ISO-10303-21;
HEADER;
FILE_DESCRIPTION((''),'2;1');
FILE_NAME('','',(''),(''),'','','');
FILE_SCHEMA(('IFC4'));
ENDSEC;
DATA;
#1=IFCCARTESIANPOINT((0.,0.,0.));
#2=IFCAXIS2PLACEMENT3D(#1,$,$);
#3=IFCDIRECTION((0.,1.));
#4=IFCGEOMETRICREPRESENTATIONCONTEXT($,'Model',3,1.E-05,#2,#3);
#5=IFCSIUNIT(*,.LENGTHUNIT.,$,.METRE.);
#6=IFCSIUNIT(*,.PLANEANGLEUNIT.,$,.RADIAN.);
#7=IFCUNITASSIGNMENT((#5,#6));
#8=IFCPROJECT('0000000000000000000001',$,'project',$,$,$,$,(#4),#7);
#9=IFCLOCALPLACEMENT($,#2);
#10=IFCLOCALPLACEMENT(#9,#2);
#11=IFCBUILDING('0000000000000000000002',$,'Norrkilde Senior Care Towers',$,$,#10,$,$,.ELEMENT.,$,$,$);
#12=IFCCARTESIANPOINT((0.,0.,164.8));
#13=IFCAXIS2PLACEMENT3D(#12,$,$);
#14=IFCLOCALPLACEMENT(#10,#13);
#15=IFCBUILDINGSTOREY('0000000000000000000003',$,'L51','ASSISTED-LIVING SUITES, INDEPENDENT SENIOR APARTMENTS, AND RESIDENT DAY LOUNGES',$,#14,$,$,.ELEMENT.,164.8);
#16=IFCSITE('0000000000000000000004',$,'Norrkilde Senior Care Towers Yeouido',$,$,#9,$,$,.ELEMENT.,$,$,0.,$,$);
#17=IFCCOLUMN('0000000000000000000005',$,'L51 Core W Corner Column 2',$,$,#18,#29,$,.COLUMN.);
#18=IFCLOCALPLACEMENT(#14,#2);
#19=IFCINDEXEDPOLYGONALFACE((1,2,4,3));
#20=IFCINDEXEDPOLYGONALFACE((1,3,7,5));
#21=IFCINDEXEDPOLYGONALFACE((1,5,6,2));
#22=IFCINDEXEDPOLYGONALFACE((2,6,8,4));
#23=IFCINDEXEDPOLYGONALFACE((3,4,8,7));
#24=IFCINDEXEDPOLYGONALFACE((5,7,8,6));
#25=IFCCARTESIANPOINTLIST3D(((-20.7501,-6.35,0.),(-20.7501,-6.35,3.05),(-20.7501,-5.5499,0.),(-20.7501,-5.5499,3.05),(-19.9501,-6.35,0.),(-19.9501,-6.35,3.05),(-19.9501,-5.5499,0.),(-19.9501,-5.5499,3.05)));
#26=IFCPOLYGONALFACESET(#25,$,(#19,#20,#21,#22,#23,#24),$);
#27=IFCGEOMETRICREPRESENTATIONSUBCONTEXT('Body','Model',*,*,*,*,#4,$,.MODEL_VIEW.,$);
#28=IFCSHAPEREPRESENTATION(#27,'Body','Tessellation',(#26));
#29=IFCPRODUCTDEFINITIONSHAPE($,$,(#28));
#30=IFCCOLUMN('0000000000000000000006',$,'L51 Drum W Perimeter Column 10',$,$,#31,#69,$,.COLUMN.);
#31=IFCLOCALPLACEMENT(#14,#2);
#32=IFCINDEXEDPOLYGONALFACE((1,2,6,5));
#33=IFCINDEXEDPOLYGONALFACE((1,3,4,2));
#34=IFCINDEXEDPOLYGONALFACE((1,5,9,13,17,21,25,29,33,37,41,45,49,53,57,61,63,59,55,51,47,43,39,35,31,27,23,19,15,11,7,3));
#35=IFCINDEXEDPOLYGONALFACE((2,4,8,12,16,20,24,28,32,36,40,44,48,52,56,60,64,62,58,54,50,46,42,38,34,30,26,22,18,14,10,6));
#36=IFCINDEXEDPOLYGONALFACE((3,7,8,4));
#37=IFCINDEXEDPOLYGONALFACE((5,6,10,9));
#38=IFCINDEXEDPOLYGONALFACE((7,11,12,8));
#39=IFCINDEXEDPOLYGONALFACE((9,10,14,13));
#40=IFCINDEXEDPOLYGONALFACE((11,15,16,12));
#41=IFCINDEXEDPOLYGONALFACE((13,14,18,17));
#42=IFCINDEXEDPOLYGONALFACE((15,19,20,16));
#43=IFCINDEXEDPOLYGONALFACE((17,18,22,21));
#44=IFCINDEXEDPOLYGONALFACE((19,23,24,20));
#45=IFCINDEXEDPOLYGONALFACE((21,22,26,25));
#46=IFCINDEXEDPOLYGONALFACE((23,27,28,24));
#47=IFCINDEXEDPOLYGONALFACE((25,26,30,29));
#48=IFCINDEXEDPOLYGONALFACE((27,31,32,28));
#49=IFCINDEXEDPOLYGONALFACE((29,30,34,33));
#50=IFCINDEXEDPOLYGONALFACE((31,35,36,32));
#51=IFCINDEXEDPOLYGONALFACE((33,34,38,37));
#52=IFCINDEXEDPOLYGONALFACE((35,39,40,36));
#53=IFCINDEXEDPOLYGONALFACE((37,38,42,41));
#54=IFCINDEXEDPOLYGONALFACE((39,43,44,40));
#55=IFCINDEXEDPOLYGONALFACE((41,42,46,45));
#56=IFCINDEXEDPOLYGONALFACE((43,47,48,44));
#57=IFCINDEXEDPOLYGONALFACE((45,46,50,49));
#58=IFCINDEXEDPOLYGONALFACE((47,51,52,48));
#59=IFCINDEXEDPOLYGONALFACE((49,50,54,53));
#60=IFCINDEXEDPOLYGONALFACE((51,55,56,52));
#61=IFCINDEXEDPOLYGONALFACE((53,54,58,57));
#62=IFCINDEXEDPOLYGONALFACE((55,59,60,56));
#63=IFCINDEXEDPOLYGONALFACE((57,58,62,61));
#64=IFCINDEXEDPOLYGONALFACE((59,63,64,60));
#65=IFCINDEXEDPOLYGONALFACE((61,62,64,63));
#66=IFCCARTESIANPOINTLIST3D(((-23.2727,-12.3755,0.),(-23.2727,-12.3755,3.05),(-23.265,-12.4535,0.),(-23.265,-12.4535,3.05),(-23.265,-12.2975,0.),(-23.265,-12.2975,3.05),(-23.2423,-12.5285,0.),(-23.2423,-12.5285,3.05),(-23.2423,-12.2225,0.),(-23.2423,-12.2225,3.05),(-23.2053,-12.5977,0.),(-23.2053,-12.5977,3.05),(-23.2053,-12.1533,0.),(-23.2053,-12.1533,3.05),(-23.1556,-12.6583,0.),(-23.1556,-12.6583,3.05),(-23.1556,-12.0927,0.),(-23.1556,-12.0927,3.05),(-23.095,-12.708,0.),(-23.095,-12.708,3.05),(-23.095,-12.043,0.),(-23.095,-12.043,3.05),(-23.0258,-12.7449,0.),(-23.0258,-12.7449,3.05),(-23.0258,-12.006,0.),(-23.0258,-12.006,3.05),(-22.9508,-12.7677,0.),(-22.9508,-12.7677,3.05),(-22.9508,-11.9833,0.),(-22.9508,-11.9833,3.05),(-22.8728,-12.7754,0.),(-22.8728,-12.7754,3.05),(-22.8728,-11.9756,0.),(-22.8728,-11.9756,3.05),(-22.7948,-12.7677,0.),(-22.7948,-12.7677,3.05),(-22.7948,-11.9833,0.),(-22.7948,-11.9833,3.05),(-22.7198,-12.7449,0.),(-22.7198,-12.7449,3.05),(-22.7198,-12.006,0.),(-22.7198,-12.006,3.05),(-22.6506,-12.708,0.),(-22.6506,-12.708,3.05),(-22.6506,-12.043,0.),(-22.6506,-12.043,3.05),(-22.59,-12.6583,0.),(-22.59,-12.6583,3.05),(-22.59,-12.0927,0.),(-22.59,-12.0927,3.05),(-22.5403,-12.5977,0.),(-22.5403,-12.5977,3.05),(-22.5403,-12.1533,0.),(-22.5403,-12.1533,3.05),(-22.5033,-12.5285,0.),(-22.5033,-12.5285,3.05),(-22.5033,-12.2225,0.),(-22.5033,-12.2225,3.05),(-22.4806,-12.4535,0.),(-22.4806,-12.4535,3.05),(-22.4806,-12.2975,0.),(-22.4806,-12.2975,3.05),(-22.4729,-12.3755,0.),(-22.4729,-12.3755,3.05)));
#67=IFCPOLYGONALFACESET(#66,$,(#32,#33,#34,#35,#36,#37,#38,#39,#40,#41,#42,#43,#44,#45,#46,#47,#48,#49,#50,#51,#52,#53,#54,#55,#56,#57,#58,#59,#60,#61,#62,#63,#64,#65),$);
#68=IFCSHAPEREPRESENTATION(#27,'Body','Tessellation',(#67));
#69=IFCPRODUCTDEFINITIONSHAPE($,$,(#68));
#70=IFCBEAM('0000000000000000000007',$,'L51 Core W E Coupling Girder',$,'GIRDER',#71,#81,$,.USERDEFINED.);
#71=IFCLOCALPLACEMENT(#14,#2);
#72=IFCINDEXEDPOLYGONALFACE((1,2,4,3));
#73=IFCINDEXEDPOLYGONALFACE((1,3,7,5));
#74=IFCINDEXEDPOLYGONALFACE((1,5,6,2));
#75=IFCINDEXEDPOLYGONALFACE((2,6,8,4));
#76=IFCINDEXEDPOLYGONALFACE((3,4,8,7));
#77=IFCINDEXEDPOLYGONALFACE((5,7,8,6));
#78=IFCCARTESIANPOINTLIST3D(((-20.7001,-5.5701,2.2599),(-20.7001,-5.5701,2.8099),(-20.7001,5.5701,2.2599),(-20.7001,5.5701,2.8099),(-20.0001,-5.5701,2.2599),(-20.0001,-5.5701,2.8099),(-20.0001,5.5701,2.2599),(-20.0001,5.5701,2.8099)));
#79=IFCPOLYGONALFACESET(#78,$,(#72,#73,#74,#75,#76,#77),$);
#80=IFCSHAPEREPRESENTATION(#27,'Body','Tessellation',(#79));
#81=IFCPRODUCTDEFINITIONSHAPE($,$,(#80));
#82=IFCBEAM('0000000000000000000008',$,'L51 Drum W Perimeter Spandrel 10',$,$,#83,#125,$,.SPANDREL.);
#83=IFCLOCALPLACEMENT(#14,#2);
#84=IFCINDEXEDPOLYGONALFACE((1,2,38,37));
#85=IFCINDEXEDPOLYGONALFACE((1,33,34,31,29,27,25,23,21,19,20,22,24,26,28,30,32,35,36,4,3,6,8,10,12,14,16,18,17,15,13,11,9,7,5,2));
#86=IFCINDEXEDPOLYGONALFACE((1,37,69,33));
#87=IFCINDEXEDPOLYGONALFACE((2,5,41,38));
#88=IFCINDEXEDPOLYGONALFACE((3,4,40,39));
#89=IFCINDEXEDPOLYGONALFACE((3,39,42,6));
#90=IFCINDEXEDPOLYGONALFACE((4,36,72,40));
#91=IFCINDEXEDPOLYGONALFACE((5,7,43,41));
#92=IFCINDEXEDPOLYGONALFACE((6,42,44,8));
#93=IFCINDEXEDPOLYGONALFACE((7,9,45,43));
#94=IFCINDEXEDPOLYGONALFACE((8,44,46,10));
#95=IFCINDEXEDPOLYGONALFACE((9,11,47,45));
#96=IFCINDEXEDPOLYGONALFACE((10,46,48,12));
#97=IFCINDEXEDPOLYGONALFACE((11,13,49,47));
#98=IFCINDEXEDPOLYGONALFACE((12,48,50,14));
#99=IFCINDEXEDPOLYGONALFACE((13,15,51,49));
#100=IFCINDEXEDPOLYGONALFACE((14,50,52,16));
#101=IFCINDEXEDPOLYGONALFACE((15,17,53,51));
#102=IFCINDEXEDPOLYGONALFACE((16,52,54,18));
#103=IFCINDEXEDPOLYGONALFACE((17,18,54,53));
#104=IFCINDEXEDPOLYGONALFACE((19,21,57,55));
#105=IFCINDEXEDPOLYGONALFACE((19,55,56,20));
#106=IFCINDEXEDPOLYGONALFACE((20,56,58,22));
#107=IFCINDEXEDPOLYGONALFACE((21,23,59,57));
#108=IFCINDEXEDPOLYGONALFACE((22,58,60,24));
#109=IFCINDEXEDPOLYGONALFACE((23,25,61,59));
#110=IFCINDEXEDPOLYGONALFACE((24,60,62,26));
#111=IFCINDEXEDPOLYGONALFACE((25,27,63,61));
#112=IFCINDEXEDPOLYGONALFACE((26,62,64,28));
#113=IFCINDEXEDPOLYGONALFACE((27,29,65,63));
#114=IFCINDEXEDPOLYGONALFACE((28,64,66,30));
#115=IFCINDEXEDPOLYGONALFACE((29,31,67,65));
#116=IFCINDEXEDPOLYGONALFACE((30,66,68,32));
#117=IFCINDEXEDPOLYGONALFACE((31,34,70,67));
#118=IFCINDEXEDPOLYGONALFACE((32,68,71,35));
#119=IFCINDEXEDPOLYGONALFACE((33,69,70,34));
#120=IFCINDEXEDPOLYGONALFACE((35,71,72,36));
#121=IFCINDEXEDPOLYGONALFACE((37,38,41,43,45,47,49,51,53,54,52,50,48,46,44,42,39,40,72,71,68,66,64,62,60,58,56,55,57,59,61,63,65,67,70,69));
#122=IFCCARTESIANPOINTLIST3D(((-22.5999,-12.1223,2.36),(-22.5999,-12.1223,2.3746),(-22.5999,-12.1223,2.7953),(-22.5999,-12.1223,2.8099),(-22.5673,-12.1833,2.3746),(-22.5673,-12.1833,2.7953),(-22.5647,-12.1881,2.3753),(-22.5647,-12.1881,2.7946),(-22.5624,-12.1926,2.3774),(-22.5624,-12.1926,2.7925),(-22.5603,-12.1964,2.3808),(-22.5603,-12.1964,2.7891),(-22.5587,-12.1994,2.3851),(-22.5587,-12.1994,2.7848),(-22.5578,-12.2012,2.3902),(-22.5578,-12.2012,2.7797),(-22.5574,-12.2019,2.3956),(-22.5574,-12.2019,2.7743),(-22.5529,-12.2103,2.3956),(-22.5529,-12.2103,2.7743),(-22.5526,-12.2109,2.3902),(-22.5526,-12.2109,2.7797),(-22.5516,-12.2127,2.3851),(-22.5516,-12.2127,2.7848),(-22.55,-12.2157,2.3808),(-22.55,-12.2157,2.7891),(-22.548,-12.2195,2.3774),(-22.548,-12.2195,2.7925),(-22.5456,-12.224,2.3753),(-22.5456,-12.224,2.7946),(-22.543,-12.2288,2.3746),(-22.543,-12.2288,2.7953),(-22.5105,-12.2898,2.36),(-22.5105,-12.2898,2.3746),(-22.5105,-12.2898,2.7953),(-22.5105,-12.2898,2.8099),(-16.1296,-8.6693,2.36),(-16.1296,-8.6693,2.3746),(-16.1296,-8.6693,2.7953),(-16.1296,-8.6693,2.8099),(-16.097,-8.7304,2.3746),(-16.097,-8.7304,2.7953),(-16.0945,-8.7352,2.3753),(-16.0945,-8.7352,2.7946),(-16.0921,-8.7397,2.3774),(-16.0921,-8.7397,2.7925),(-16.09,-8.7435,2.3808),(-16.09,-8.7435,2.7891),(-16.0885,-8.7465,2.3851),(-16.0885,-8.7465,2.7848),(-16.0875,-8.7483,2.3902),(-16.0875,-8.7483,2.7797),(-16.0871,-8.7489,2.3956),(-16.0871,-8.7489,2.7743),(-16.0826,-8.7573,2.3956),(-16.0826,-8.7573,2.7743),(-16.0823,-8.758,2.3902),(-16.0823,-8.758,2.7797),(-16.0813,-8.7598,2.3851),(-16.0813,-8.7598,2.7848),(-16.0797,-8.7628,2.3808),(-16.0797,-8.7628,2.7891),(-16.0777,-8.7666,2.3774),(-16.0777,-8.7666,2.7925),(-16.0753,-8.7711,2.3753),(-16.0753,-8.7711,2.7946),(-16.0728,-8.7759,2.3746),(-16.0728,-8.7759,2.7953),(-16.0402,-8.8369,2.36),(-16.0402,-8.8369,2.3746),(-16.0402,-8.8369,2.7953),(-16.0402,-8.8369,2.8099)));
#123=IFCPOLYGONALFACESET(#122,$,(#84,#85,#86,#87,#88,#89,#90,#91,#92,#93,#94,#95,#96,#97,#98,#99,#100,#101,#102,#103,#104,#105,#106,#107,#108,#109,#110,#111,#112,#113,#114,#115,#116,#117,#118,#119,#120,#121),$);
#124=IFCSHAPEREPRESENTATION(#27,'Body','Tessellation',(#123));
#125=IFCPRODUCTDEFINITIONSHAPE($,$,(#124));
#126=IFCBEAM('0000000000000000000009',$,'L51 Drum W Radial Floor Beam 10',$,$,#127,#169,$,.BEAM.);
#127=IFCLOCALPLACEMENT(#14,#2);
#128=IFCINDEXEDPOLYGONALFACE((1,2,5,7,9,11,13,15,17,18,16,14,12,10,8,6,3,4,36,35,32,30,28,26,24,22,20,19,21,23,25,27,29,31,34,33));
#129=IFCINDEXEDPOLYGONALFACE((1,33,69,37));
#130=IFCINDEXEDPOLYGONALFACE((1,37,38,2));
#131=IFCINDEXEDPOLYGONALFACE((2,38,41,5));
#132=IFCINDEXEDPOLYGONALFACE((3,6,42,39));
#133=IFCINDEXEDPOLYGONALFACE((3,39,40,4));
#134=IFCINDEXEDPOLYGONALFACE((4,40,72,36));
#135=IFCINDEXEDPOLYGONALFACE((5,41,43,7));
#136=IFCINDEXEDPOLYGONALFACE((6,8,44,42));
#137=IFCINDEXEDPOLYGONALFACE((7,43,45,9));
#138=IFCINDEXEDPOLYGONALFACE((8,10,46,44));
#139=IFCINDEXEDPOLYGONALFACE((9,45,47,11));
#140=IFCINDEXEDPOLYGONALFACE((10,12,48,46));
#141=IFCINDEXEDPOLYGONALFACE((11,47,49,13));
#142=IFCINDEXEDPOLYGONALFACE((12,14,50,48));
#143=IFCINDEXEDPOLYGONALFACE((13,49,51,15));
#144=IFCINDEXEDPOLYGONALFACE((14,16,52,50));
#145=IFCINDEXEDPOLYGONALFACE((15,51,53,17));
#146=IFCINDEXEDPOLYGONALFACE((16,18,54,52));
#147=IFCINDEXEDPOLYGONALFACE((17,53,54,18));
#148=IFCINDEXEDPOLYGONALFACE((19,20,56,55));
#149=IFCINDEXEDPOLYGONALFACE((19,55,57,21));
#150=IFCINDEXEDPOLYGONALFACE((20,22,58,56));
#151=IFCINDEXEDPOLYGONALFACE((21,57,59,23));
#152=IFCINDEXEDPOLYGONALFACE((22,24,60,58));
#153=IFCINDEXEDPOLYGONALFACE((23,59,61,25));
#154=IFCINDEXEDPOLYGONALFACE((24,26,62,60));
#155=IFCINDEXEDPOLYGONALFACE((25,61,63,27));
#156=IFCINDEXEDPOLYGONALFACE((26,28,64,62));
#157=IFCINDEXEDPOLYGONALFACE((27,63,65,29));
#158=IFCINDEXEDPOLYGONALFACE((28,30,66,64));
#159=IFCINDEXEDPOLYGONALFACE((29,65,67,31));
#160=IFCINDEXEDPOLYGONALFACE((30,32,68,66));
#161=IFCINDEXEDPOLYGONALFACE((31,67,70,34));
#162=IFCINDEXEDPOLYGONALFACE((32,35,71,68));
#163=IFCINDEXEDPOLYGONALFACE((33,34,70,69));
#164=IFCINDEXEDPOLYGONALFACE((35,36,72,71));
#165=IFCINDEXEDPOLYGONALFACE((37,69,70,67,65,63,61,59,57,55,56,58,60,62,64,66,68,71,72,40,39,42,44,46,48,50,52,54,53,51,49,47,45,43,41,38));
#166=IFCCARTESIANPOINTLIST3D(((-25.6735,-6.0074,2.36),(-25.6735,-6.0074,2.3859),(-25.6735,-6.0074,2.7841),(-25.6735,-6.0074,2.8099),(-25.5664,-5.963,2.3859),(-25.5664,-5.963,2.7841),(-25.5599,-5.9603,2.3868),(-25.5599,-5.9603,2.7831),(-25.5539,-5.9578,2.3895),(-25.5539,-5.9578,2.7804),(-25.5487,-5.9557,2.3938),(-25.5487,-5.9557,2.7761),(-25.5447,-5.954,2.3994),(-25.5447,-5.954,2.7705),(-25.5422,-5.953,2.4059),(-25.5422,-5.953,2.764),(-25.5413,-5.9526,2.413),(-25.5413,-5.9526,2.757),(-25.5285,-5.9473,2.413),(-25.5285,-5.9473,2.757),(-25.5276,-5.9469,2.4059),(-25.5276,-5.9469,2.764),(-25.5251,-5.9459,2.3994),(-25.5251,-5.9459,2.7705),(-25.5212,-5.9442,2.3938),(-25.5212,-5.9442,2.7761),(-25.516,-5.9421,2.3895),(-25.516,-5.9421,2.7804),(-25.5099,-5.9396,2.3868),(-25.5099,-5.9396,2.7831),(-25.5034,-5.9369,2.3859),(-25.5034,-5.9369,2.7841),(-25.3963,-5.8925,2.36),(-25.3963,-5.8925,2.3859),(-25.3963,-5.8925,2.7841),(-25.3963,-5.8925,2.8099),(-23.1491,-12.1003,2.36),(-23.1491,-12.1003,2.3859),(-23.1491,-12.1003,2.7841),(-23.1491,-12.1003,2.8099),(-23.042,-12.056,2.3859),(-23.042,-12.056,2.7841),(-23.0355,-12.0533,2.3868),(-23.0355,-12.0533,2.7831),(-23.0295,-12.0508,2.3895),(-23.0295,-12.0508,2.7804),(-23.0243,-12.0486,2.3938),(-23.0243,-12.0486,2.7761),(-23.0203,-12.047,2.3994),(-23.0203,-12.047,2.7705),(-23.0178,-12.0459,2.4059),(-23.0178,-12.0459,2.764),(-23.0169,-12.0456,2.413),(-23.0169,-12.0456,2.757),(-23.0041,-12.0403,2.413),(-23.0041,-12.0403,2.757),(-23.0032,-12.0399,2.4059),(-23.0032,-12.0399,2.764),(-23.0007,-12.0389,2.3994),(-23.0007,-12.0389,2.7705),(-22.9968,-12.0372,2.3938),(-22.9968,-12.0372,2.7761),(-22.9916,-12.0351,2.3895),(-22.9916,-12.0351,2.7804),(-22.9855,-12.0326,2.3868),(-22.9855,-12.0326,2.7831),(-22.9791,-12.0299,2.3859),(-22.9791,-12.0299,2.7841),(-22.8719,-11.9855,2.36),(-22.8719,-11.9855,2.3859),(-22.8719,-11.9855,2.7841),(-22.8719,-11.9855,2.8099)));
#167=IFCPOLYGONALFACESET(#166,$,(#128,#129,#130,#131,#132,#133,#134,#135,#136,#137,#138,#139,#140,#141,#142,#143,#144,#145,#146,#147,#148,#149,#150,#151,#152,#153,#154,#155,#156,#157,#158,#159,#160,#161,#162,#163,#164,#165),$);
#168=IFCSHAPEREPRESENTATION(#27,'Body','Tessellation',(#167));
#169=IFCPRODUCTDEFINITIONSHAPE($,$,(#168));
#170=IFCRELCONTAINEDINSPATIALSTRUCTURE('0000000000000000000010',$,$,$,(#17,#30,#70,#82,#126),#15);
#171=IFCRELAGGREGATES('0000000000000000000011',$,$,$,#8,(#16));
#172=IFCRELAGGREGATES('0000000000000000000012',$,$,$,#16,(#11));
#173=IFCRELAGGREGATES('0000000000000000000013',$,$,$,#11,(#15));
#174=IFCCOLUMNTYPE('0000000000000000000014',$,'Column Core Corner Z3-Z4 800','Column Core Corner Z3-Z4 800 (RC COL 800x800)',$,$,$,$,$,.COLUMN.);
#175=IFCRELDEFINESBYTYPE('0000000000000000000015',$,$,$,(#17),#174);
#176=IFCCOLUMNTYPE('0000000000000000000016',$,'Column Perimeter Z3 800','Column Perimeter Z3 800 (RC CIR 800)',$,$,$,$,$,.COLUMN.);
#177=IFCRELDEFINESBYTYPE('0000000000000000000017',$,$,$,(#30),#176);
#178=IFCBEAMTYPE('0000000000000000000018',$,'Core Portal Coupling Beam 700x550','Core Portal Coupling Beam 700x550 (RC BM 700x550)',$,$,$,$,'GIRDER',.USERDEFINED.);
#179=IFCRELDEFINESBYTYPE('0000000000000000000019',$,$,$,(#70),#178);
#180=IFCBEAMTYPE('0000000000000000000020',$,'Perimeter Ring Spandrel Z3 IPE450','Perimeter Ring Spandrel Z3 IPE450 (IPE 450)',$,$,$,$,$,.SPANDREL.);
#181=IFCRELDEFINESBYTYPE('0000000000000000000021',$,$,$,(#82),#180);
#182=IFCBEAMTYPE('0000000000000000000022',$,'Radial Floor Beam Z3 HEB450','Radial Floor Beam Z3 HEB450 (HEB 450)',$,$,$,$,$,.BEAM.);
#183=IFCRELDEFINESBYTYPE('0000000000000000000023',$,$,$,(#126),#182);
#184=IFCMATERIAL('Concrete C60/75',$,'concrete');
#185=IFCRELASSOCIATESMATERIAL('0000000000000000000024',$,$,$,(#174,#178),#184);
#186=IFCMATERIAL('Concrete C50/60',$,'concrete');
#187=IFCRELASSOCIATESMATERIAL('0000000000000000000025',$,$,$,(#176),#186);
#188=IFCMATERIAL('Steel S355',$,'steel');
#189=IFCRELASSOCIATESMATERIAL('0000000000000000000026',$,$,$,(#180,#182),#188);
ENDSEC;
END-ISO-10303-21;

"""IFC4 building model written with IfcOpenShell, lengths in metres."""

from ifc_helpers import new_model, si_unit, direction, frame, origin, origin_2d, place, context, subcontext, project, spatial, rectangle, circle, i_section, extrude, source, transform, mapped, material, material_profile, profile_set, type_object, type_shapes, element, save


model = new_model("IFC4")

# Units and contexts
model_context = context("Model", 3, precision=1e-05, world=origin(), true_north=direction((0.0, 1.0)))
body_context = subcontext(model_context, "Body", "Model", "MODEL_VIEW")
ifc_project = project(units=[si_unit("LENGTHUNIT", "METRE"), si_unit("PLANEANGLEUNIT", "RADIAN")], contexts=[model_context])

# Site, building, storey
site_placement = place(None, origin())
site = spatial("IfcSite", under=ifc_project, at=site_placement, Name="Norrkilde Senior Care Towers Yeouido", CompositionType="ELEMENT", RefElevation=0.0)
building_placement = place(site_placement, origin())
building = spatial("IfcBuilding", under=site, at=building_placement, Name="Norrkilde Senior Care Towers", CompositionType="ELEMENT")
storey_placement = place(building_placement, frame((0.0, 0.0, 164.8)))
storey = spatial("IfcBuildingStorey", under=building, at=storey_placement, Name="L51", Description="ASSISTED-LIVING SUITES, INDEPENDENT SENIOR APARTMENTS, AND RESIDENT DAY LOUNGES", CompositionType="ELEMENT", Elevation=164.8)

# Columns
ifc_material_1 = material(Name="Concrete C60/75", Category="concrete")
ifc_material_profile_1 = material_profile(ifc_material_1, rectangle(XDim=0.8, YDim=0.8, at=origin_2d()), Name="RC COL 800x800")
ifc_profile_set_1 = profile_set([ifc_material_profile_1], Name="Concrete C60/75")
column_type_1 = type_object("IfcColumnType", Name="Column Core Corner Z3-Z4 800", Description="Column Core Corner Z3-Z4 800 (RC COL 800x800)", PredefinedType="COLUMN", material=ifc_profile_set_1)
shared_shape_1 = source(origin(), body_context, "Body", "SweptSolid", [
    extrude(rectangle(XDim=0.8, YDim=0.8, at=origin_2d()), origin(), (0.0, 0.0, 1.0), 3.05),
])
type_shapes(column_type_1, [shared_shape_1])
column_1_placement = place(storey_placement, frame((-20.3501, -5.95, 0.0), z_axis=(0.0, 0.0, 1.0), x_axis=(1.0, 0.0, 0.0)))
element("IfcColumn", 1, at=column_1_placement, inside=storey, type_object=column_type_1, Name="L51 Core W Corner Column 2", PredefinedType="COLUMN", context=body_context, shape_type="MappedRepresentation", body=[
    mapped(shared_shape_1, transform((0.0, 0.0, 0.0), x_axis=(1.0, 0.0, 0.0), y_axis=(0.0, 1.0, 0.0), z_axis=(0.0, 0.0, 1.0), scale=1.0)),
])
ifc_material_2 = material(Name="Concrete C50/60", Category="concrete")
ifc_material_profile_2 = material_profile(ifc_material_2, circle(Radius=0.3999, at=origin_2d()), Name="RC CIR 800")
ifc_profile_set_2 = profile_set([ifc_material_profile_2], Name="Concrete C50/60")
column_type_2 = type_object("IfcColumnType", Name="Column Perimeter Z3 800", Description="Column Perimeter Z3 800 (RC CIR 800)", PredefinedType="COLUMN", material=ifc_profile_set_2)
shared_shape_2 = source(origin(), body_context, "Body", "SweptSolid", [
    extrude(circle(Radius=0.3999, at=origin_2d()), origin(), (0.0, 0.0, 1.0), 3.05),
])
type_shapes(column_type_2, [shared_shape_2])
column_2_placement = place(storey_placement, frame((-22.8728, -12.3755, 0.0), z_axis=(0.0, 0.0, 1.0), x_axis=(1.0, 0.0, 0.0)))
element("IfcColumn", 2, at=column_2_placement, inside=storey, type_object=column_type_2, Name="L51 Drum W Perimeter Column 10", PredefinedType="COLUMN", context=body_context, shape_type="MappedRepresentation", body=[
    mapped(shared_shape_2, transform((0.0, 0.0, 0.0), x_axis=(1.0, 0.0, 0.0), y_axis=(0.0, 1.0, 0.0), z_axis=(0.0, 0.0, 1.0), scale=1.0)),
])

# Beams
ifc_material_profile_3 = material_profile(ifc_material_1, rectangle(XDim=0.7, YDim=0.55, at=origin_2d()), Name="RC BM 700x550")
ifc_profile_set_3 = profile_set([ifc_material_profile_3], Name="Concrete C60/75")
beam_type_1 = type_object("IfcBeamType", Name="Core Portal Coupling Beam 700x550", Description="Core Portal Coupling Beam 700x550 (RC BM 700x550)", ElementType="GIRDER", PredefinedType="USERDEFINED", material=ifc_profile_set_3)
shared_shape_3 = source(origin(), body_context, "Body", "SweptSolid", [
    extrude(rectangle(XDim=0.7, YDim=0.55, at=origin_2d()), origin(), (0.0, 0.0, 1.0), 11.1401),
])
type_shapes(beam_type_1, [shared_shape_3])
beam_1_placement = place(storey_placement, frame((-20.3501, -5.5701, 2.5349), z_axis=(0.0, 1.0, 0.0), x_axis=(-1.0, 0.0, 0.0)))
element("IfcBeam", 3, at=beam_1_placement, inside=storey, type_object=beam_type_1, Name="L51 Core W E Coupling Girder", ObjectType="GIRDER", PredefinedType="USERDEFINED", context=body_context, shape_type="MappedRepresentation", body=[
    mapped(shared_shape_3, transform((0.0, 0.0, 0.0), x_axis=(1.0, 0.0, 0.0), y_axis=(0.0, 1.0, 0.0), z_axis=(0.0, 0.0, 1.0), scale=1.0)),
])
ifc_material_3 = material(Name="Steel S355", Category="steel")
ifc_material_profile_4 = material_profile(ifc_material_3, i_section(OverallWidth=0.1899, OverallDepth=0.45, WebThickness=0.0095, FlangeThickness=0.0146, FilletRadius=0.021, at=origin_2d()), Name="IPE 450")
ifc_profile_set_4 = profile_set([ifc_material_profile_4], Name="Steel S355")
beam_type_2 = type_object("IfcBeamType", Name="Perimeter Ring Spandrel Z3 IPE450", Description="Perimeter Ring Spandrel Z3 IPE450 (IPE 450)", PredefinedType="SPANDREL", material=ifc_profile_set_4)
shared_shape_4 = source(origin(), body_context, "Body", "SweptSolid", [
    extrude(i_section(OverallWidth=0.1899, OverallDepth=0.45, WebThickness=0.0095, FlangeThickness=0.0146, FilletRadius=0.021, at=origin_2d()), origin(), (0.0, 0.0, 1.0), 7.334),
])
type_shapes(beam_type_2, [shared_shape_4])
beam_2_placement = place(storey_placement, frame((-22.5552, -12.2061, 2.585), z_axis=(0.882234, 0.470811, 0.0), x_axis=(-0.470811, 0.882234, 0.0)))
element("IfcBeam", 4, at=beam_2_placement, inside=storey, type_object=beam_type_2, Name="L51 Drum W Perimeter Spandrel 10", PredefinedType="SPANDREL", context=body_context, shape_type="MappedRepresentation", body=[
    mapped(shared_shape_4, transform((0.0, 0.0, 0.0), x_axis=(1.0, 0.0, 0.0), y_axis=(0.0, 1.0, 0.0), z_axis=(0.0, 0.0, 1.0), scale=1.0)),
])
ifc_material_profile_5 = material_profile(ifc_material_3, i_section(OverallWidth=0.3, OverallDepth=0.45, WebThickness=0.0139, FlangeThickness=0.0259, FilletRadius=0.0271, at=origin_2d()), Name="HEB 450")
ifc_profile_set_5 = profile_set([ifc_material_profile_5], Name="Steel S355")
beam_type_3 = type_object("IfcBeamType", Name="Radial Floor Beam Z3 HEB450", Description="Radial Floor Beam Z3 HEB450 (HEB 450)", PredefinedType="BEAM", material=ifc_profile_set_5)
shared_shape_5 = source(origin(), body_context, "Body", "SweptSolid", [
    extrude(i_section(OverallWidth=0.3, OverallDepth=0.45, WebThickness=0.0139, FlangeThickness=0.0259, FilletRadius=0.0271, at=origin_2d()), origin(), (0.0, 0.0, 1.0), 6.5952),
])
beam_3_placement = place(storey_placement, frame((-25.5349, -5.95, 2.585), z_axis=(0.382762, -0.923847, 0.0), x_axis=(0.923847, 0.382762, 0.0)))
element("IfcBeam", 5, at=beam_3_placement, inside=storey, type_object=beam_type_3, Name="L51 Drum W Radial Floor Beam 10", PredefinedType="BEAM", context=body_context, shape_type="MappedRepresentation", body=[
    mapped(shared_shape_5, transform((0.0, 0.0, 0.0), x_axis=(1.0, 0.0, 0.0), y_axis=(0.0, 1.0, 0.0), z_axis=(0.0, 0.0, 1.0), scale=1.0)),
])

save(model, "model.ifc")
